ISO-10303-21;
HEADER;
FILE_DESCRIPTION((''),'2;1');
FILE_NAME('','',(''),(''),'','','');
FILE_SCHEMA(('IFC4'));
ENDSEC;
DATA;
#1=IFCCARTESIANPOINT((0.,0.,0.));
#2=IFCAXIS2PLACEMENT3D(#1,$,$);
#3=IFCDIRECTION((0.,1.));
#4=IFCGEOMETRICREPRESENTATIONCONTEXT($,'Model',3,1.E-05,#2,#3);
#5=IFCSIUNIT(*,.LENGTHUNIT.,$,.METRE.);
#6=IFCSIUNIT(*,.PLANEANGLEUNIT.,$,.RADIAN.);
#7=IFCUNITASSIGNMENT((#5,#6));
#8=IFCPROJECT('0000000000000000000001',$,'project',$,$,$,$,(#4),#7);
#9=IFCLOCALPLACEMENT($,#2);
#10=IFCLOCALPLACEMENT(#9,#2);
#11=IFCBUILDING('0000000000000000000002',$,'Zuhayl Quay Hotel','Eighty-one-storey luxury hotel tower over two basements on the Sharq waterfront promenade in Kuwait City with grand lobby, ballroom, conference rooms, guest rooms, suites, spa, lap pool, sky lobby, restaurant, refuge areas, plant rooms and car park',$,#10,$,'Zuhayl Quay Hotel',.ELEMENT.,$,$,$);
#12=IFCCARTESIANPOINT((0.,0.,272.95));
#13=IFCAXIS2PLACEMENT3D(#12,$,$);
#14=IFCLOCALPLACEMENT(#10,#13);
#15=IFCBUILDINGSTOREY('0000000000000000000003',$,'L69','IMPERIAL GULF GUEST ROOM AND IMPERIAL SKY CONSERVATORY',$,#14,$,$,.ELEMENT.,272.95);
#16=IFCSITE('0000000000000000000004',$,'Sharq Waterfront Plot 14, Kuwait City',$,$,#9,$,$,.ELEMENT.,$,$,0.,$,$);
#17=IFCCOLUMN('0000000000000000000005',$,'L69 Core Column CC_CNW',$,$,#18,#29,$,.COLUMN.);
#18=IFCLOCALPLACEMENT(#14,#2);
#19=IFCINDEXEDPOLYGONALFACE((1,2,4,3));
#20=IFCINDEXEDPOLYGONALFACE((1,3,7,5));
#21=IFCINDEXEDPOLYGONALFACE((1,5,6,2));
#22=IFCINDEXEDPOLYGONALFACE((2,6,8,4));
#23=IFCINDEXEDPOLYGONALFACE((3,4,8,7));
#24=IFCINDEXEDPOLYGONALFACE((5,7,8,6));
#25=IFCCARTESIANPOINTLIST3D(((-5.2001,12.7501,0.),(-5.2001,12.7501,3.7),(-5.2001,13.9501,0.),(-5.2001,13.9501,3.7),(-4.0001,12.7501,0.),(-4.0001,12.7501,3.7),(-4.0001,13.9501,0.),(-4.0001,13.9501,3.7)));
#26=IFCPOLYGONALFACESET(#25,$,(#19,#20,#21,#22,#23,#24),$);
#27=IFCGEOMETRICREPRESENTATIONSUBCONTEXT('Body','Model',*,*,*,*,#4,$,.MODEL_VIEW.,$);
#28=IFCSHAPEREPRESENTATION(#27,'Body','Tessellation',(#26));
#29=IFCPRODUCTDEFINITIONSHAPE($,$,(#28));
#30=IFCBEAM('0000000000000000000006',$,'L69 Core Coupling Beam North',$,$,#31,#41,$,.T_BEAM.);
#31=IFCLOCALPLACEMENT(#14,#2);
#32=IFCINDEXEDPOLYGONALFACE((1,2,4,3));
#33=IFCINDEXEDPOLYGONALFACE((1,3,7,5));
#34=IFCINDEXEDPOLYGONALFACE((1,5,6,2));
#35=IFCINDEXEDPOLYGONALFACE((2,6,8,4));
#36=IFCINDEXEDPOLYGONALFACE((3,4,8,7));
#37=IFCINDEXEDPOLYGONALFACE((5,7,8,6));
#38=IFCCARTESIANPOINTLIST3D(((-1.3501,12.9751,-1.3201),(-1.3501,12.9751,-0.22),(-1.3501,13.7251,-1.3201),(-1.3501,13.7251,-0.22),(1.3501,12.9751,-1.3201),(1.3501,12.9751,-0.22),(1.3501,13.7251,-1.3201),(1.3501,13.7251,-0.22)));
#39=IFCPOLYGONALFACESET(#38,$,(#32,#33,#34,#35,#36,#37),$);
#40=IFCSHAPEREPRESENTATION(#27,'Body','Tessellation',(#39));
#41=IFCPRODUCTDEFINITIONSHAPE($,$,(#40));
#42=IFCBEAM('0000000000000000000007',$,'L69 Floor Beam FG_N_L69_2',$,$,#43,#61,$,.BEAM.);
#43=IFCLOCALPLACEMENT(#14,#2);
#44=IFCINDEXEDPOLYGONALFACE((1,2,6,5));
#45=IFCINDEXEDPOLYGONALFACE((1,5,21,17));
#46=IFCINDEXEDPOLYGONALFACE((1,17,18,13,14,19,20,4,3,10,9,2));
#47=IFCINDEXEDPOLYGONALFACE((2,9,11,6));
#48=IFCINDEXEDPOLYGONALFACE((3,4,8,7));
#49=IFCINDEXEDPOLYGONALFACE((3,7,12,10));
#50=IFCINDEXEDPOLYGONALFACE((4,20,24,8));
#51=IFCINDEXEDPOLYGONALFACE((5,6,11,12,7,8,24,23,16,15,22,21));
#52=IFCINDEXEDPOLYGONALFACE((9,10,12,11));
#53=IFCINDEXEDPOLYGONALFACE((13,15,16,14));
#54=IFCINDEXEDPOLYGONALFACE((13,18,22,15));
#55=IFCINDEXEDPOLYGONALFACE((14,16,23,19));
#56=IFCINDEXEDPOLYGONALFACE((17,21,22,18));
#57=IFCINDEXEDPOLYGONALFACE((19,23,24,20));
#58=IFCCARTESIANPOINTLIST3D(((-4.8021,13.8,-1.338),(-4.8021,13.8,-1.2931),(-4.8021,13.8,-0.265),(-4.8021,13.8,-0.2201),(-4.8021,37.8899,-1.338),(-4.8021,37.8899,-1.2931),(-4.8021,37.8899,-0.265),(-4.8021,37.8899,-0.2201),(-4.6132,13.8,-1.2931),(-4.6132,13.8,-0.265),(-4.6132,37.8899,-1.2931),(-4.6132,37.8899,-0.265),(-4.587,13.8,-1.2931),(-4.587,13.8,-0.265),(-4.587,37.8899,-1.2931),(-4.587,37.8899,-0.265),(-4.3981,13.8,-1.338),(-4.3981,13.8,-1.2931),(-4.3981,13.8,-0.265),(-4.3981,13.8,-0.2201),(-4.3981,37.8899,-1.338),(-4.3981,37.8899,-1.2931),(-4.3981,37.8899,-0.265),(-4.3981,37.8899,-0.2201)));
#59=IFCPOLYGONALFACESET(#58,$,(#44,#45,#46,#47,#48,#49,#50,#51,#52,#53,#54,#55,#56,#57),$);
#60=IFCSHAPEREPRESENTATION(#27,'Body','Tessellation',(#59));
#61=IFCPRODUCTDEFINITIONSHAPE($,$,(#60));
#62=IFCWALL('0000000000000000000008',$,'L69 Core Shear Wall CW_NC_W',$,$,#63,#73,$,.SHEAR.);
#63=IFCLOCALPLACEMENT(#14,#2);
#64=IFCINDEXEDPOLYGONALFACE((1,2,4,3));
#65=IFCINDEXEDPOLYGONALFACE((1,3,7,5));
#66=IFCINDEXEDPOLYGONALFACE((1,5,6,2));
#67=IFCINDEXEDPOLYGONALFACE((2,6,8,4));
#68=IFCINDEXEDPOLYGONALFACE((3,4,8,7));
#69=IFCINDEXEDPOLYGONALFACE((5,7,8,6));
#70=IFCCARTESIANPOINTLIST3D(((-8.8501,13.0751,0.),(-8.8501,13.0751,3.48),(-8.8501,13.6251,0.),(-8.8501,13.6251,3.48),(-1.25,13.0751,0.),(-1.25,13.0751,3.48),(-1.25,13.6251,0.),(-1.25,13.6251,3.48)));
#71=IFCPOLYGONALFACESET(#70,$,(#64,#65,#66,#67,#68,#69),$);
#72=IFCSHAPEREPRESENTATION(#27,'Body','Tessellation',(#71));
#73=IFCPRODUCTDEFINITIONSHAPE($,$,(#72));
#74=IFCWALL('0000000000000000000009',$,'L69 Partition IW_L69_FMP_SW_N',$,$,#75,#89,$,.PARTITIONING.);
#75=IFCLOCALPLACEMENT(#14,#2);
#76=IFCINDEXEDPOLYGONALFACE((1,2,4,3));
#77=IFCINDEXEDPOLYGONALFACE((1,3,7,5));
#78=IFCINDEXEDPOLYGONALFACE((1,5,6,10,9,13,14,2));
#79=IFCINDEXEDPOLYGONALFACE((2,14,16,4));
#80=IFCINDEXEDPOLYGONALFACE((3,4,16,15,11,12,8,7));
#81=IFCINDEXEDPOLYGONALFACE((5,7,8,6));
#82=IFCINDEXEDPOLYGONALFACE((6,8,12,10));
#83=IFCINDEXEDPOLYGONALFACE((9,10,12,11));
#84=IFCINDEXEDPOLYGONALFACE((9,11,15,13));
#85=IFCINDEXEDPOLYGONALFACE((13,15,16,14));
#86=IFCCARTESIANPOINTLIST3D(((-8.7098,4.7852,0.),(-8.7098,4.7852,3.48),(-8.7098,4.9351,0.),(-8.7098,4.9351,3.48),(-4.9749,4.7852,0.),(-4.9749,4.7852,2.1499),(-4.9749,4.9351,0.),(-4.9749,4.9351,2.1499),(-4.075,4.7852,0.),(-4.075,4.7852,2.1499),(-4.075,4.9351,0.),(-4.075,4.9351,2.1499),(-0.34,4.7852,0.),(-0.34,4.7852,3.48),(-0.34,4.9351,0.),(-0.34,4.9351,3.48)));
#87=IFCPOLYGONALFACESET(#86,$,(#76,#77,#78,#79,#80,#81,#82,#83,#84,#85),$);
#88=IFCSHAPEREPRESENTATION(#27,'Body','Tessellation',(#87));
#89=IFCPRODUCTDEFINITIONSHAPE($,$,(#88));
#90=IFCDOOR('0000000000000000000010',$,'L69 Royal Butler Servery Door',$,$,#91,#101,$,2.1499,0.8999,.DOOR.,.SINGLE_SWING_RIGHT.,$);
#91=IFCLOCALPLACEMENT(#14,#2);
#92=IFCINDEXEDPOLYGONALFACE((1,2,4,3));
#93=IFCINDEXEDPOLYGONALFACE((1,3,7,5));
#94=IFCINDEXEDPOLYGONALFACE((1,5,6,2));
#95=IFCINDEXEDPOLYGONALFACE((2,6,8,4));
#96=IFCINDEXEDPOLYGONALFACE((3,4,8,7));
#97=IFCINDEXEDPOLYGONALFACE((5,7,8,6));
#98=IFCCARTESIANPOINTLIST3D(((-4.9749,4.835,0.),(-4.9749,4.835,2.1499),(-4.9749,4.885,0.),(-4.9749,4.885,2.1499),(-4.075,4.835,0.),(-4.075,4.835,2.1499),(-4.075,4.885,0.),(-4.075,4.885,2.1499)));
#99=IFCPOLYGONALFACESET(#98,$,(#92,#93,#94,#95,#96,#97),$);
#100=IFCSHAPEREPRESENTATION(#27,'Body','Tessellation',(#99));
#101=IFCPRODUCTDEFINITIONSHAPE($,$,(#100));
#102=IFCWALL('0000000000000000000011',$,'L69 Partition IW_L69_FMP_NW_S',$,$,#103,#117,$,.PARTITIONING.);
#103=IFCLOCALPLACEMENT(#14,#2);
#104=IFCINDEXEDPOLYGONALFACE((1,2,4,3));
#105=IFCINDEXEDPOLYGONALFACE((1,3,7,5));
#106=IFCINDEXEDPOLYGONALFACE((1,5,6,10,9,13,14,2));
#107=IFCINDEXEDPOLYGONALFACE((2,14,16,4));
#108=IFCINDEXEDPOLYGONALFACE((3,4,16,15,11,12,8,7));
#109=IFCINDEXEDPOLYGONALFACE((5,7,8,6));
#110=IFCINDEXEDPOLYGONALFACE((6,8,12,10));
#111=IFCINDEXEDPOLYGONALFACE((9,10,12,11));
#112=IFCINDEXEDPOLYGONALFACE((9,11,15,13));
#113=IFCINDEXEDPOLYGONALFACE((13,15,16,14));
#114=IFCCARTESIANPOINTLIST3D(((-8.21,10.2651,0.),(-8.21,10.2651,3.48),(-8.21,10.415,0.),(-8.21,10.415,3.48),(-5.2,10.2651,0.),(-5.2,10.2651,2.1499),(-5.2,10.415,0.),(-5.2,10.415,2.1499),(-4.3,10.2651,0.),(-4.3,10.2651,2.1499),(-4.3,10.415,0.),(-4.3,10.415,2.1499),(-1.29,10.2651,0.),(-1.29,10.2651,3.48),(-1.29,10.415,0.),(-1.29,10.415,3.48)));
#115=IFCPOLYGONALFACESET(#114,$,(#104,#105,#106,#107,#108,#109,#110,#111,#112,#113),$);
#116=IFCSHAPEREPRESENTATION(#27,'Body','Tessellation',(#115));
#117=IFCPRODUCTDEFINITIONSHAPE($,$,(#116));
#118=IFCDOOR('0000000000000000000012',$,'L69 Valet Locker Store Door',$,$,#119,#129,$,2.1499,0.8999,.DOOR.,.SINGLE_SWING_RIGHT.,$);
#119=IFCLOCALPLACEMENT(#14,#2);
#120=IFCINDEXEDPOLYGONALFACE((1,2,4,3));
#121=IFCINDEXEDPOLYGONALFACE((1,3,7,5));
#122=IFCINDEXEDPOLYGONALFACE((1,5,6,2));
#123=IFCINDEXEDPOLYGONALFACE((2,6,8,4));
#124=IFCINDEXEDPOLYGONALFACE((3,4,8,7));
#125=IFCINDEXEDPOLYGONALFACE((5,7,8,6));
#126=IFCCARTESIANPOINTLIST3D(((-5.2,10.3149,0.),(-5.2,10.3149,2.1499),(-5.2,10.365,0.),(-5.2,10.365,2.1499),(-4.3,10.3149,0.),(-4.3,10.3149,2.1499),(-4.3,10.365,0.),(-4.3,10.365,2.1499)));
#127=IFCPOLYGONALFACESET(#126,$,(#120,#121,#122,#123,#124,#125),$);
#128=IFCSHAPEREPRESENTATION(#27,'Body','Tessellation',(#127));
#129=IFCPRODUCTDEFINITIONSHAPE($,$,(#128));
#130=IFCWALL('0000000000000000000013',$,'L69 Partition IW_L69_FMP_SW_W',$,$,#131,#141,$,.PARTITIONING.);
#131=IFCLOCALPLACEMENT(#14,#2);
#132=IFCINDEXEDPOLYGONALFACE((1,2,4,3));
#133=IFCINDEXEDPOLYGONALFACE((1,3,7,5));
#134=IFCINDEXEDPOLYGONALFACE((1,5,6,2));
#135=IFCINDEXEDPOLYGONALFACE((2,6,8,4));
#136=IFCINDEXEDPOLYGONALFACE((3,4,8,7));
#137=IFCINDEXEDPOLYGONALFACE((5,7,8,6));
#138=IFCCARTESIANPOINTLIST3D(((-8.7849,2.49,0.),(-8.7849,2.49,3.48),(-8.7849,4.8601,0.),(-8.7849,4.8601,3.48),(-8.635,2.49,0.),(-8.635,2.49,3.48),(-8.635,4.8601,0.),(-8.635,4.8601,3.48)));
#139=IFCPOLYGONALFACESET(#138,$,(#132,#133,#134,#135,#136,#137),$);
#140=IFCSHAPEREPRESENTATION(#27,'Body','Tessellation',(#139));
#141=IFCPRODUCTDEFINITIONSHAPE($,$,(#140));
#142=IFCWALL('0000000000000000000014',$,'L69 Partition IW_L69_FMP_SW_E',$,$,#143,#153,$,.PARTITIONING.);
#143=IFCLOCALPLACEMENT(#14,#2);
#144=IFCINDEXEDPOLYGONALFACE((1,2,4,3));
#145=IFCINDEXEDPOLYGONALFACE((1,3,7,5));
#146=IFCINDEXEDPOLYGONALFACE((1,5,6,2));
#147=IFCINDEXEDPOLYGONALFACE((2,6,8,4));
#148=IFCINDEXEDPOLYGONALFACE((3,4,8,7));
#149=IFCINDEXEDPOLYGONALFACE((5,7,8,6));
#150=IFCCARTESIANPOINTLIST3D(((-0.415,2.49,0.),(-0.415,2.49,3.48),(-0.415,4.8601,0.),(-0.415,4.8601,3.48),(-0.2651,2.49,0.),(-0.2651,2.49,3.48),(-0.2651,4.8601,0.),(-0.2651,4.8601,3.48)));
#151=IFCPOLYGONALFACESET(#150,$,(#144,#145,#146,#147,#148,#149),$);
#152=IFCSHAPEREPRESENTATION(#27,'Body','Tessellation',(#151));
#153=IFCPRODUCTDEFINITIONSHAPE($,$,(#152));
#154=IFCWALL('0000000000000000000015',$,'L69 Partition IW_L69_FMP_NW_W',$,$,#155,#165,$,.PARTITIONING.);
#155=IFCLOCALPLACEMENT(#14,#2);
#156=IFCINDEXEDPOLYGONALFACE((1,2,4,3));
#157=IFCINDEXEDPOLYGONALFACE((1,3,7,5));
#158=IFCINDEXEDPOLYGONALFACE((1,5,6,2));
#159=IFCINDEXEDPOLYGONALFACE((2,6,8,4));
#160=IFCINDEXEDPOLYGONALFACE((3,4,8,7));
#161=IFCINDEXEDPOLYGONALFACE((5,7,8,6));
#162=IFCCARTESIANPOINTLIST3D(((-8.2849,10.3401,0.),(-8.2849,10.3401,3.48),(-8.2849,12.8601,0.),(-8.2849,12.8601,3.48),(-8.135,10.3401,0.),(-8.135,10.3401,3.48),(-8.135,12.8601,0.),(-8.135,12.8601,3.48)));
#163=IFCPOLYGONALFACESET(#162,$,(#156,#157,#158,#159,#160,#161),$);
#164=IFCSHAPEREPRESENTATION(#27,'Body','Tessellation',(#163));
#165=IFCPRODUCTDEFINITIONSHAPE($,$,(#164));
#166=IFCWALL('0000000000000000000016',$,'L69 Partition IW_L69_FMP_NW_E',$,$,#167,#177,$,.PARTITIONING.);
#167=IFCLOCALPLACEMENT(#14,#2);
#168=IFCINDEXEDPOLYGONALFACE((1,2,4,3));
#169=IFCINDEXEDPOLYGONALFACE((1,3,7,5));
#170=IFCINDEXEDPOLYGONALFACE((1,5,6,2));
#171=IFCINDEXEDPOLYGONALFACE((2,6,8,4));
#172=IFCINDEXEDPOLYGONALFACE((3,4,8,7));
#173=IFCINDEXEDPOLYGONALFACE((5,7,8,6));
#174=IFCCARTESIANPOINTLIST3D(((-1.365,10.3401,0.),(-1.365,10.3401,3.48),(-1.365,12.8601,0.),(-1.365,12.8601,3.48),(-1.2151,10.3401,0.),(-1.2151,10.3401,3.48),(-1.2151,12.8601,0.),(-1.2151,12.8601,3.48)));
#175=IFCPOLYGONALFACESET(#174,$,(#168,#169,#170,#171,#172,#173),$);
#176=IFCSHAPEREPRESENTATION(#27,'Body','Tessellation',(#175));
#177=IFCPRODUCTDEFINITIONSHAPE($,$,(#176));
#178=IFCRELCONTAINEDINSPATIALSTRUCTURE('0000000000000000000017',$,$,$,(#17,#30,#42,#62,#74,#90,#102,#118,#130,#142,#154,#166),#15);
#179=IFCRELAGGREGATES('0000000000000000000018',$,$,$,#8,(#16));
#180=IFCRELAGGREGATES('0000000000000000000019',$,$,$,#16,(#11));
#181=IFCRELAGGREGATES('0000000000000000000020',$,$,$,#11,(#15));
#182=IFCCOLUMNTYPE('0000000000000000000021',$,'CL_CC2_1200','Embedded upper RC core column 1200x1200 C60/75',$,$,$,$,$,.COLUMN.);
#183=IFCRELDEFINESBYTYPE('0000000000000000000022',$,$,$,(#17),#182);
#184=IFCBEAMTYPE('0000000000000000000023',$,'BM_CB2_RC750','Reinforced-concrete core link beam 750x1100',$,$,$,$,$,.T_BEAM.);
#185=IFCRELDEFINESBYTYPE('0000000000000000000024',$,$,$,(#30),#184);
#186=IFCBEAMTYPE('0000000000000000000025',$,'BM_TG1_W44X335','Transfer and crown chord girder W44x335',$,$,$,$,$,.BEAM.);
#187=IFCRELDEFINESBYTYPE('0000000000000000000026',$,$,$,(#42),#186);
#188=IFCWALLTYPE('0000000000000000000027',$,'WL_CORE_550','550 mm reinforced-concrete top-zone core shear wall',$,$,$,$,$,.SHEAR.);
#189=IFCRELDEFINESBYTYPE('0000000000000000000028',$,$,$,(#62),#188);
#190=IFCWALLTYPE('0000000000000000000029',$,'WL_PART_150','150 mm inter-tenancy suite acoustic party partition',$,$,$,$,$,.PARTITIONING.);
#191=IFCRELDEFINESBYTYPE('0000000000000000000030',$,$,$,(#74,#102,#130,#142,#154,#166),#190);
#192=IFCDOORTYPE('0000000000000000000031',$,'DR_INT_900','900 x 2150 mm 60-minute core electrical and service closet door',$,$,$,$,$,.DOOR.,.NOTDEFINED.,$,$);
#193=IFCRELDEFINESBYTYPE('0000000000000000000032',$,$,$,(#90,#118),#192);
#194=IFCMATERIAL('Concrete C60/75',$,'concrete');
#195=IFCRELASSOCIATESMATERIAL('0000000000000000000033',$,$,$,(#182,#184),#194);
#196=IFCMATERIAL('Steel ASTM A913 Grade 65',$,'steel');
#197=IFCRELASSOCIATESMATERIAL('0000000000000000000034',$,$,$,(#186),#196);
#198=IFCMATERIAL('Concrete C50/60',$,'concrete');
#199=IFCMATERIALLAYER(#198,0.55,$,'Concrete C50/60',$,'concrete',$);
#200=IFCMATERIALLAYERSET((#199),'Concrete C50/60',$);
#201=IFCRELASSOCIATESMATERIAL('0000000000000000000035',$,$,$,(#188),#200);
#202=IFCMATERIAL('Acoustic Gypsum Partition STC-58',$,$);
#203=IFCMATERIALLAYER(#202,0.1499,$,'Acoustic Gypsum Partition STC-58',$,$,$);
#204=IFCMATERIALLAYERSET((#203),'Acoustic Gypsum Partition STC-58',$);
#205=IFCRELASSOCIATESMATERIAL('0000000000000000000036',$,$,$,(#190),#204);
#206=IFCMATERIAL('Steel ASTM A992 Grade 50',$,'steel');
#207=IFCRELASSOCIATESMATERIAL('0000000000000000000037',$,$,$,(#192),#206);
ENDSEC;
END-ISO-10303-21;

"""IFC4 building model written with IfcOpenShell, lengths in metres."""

from ifc_helpers import new_model, si_unit, direction, frame, frame_2d, origin, origin_2d, place, context, subcontext, project, spatial, rectangle, i_section, extrude, material, layer, layer_set, material_profile, profile_set, type_object, element, fill, save


model = new_model("IFC4")

# Units and contexts
model_context = context("Model", 3, precision=1e-05, world=origin(), true_north=direction((0.0, 1.0)))
body_context = subcontext(model_context, "Body", "Model", "MODEL_VIEW")
ifc_project = project(units=[si_unit("LENGTHUNIT", "METRE"), si_unit("PLANEANGLEUNIT", "RADIAN")], contexts=[model_context])

# Site, building, storey
site_placement = place(None, origin())
site = spatial("IfcSite", under=ifc_project, at=site_placement, Name="Sharq Waterfront Plot 14, Kuwait City", CompositionType="ELEMENT", RefElevation=0.0)
building_placement = place(site_placement, origin())
building = spatial("IfcBuilding", under=site, at=building_placement, Name="Zuhayl Quay Hotel", Description="Eighty-one-storey luxury hotel tower over two basements on the Sharq waterfront promenade in Kuwait City with grand lobby, ballroom, conference rooms, guest rooms, suites, spa, lap pool, sky lobby, restaurant, refuge areas, plant rooms and car park", LongName="Zuhayl Quay Hotel", CompositionType="ELEMENT")
storey_placement = place(building_placement, frame((0.0, 0.0, 272.95)))
storey = spatial("IfcBuildingStorey", under=building, at=storey_placement, Name="L69", Description="IMPERIAL GULF GUEST ROOM AND IMPERIAL SKY CONSERVATORY", CompositionType="ELEMENT", Elevation=272.95)

# Column
ifc_material_1 = material(Name="Concrete C60/75", Category="concrete")
ifc_material_profile_1 = material_profile(ifc_material_1, rectangle(XDim=1.2, YDim=1.2, at=origin_2d()), Name="RC1200X1200")
ifc_profile_set_1 = profile_set([ifc_material_profile_1], Name="Concrete C60/75")
column_type = type_object("IfcColumnType", Name="CL_CC2_1200", Description="Embedded upper RC core column 1200x1200 C60/75", PredefinedType="COLUMN", material=ifc_profile_set_1)
column_placement = place(storey_placement, frame((-4.6001, 13.3501, 0.0), z_axis=(0.0, 0.0, 1.0), x_axis=(1.0, 0.0, 0.0)))
element("IfcColumn", 1, at=column_placement, inside=storey, type_object=column_type, Name="L69 Core Column CC_CNW", PredefinedType="COLUMN", context=body_context, shape_type="SweptSolid", body=[
    extrude(rectangle(XDim=1.2, YDim=1.2, at=origin_2d()), origin(), (0.0, 0.0, 1.0), 3.7),
])

# Beams
ifc_material_profile_2 = material_profile(ifc_material_1, rectangle(XDim=0.75, YDim=1.1001, at=origin_2d()), Name="RC750X1100")
ifc_profile_set_2 = profile_set([ifc_material_profile_2], Name="Concrete C60/75")
beam_type_1 = type_object("IfcBeamType", Name="BM_CB2_RC750", Description="Reinforced-concrete core link beam 750x1100", PredefinedType="T_BEAM", material=ifc_profile_set_2)
beam_1_placement = place(storey_placement, frame((-1.3501, 13.3501, -0.77), z_axis=(1.0, 0.0, 0.0), x_axis=(0.0, 1.0, 0.0)))
element("IfcBeam", 2, at=beam_1_placement, inside=storey, type_object=beam_type_1, Name="L69 Core Coupling Beam North", PredefinedType="T_BEAM", context=body_context, shape_type="SweptSolid", body=[
    extrude(rectangle(XDim=0.75, YDim=1.1001, at=origin_2d()), origin(), (0.0, 0.0, 1.0), 2.7002),
])
ifc_material_2 = material(Name="Steel ASTM A913 Grade 65", Category="steel")
ifc_material_profile_3 = material_profile(ifc_material_2, i_section(OverallWidth=0.4041, OverallDepth=1.1179, WebThickness=0.0261, FlangeThickness=0.0449, at=origin_2d()), Name="W44X335")
ifc_profile_set_3 = profile_set([ifc_material_profile_3], Name="Steel ASTM A913 Grade 65")
beam_type_2 = type_object("IfcBeamType", Name="BM_TG1_W44X335", Description="Transfer and crown chord girder W44x335", PredefinedType="BEAM", material=ifc_profile_set_3)
beam_2_placement = place(storey_placement, frame((-4.6001, 13.8, -0.7791), z_axis=(0.0, 1.0, 0.0), x_axis=(-1.0, 0.0, 0.0)))
element("IfcBeam", 3, at=beam_2_placement, inside=storey, type_object=beam_type_2, Name="L69 Floor Beam FG_N_L69_2", PredefinedType="BEAM", context=body_context, shape_type="SweptSolid", body=[
    extrude(i_section(OverallWidth=0.4041, OverallDepth=1.1179, WebThickness=0.0261, FlangeThickness=0.0449, at=origin_2d()), origin(), (0.0, 0.0, 1.0), 24.0898),
])

# Wall
ifc_material_3 = material(Name="Concrete C50/60", Category="concrete")
ifc_layer_1 = layer(ifc_material_3, 0.55, Name="Concrete C50/60", Category="concrete")
ifc_layer_set_1 = layer_set([ifc_layer_1], Name="Concrete C50/60")
wall_type_1 = type_object("IfcWallType", Name="WL_CORE_550", Description="550 mm reinforced-concrete top-zone core shear wall", PredefinedType="SHEAR", material=ifc_layer_set_1)
wall_1_placement = place(storey_placement, frame((-8.8501, 13.3501, 0.0), z_axis=(0.0, 0.0, 1.0), x_axis=(1.0, 0.0, 0.0)))
element("IfcWall", 4, at=wall_1_placement, inside=storey, type_object=wall_type_1, Name="L69 Core Shear Wall CW_NC_W", PredefinedType="SHEAR", context=body_context, shape_type="SweptSolid", body=[
    extrude(rectangle(XDim=7.6001, YDim=0.55, at=frame_2d((3.8, 0.0))), origin(), (0.0, 0.0, 1.0), 3.48),
])

# Walls, openings, doors
ifc_material_4 = material(Name="Acoustic Gypsum Partition STC-58")
ifc_layer_2 = layer(ifc_material_4, 0.1499, Name="Acoustic Gypsum Partition STC-58")
ifc_layer_set_2 = layer_set([ifc_layer_2], Name="Acoustic Gypsum Partition STC-58")
wall_type_2 = type_object("IfcWallType", Name="WL_PART_150", Description="150 mm inter-tenancy suite acoustic party partition", PredefinedType="PARTITIONING", material=ifc_layer_set_2)
wall_2_placement = place(storey_placement, frame((-8.71, 4.8601, 0.0), z_axis=(0.0, 0.0, 1.0), x_axis=(1.0, 0.0, 0.0)))
wall_2 = element("IfcWall", 5, at=wall_2_placement, inside=storey, type_object=wall_type_2, Name="L69 Partition IW_L69_FMP_SW_N", PredefinedType="PARTITIONING", context=body_context, shape_type="SweptSolid", body=[
    extrude(rectangle(XDim=8.3699, YDim=0.1499, at=frame_2d((4.1851, 0.0))), origin(), (0.0, 0.0, 1.0), 3.48),
])
opening_1_placement = place(wall_2_placement, frame((3.7351, 0.0, 0.0)))
opening_1 = element("IfcOpeningElement", 6, at=opening_1_placement, cuts=wall_2, PredefinedType="OPENING", context=body_context, shape_type="SweptSolid", body=[
    extrude(rectangle(XDim=0.8999, YDim=2.1499, at=frame_2d((0.45, 1.075))), frame((0.0, 0.085, 0.0), z_axis=(0.0, -1.0, 0.0), x_axis=(1.0, 0.0, 0.0)), (0.0, 0.0, 1.0), 0.1699),
])
ifc_material_5 = material(Name="Steel ASTM A992 Grade 50", Category="steel")
door_type_1 = type_object("IfcDoorType", Name="DR_INT_900", Description="900 x 2150 mm 60-minute core electrical and service closet door", OperationType="NOTDEFINED", PredefinedType="DOOR", material=ifc_material_5)
door_1_placement = place(opening_1_placement, origin())
door_1 = element("IfcDoor", 7, at=door_1_placement, inside=storey, type_object=door_type_1, Name="L69 Royal Butler Servery Door", OperationType="SINGLE_SWING_RIGHT", OverallHeight=2.1499, OverallWidth=0.8999, PredefinedType="DOOR", context=body_context, shape_type="SweptSolid", body=[
    extrude(rectangle(XDim=0.8999, YDim=2.1499, at=frame_2d((0.45, 1.075))), frame((0.0, 0.0249, 0.0), z_axis=(0.0, -1.0, 0.0), x_axis=(1.0, 0.0, 0.0)), (0.0, 0.0, 1.0), 0.05),
])
fill(opening_1, door_1)
wall_3_placement = place(storey_placement, frame((-8.21, 10.3401, 0.0), z_axis=(0.0, 0.0, 1.0), x_axis=(1.0, 0.0, 0.0)))
wall_3 = element("IfcWall", 8, at=wall_3_placement, inside=storey, type_object=wall_type_2, Name="L69 Partition IW_L69_FMP_NW_S", PredefinedType="PARTITIONING", context=body_context, shape_type="SweptSolid", body=[
    extrude(rectangle(XDim=6.9199, YDim=0.1499, at=frame_2d((3.46, 0.0))), origin(), (0.0, 0.0, 1.0), 3.48),
])
opening_2_placement = place(wall_3_placement, frame((3.01, 0.0, 0.0)))
opening_2 = element("IfcOpeningElement", 9, at=opening_2_placement, cuts=wall_3, PredefinedType="OPENING", context=body_context, shape_type="SweptSolid", body=[
    extrude(rectangle(XDim=0.8999, YDim=2.1499, at=frame_2d((0.45, 1.075))), frame((0.0, 0.085, 0.0), z_axis=(0.0, -1.0, 0.0), x_axis=(1.0, 0.0, 0.0)), (0.0, 0.0, 1.0), 0.1699),
])
door_2_placement = place(opening_2_placement, origin())
door_2 = element("IfcDoor", 10, at=door_2_placement, inside=storey, type_object=door_type_1, Name="L69 Valet Locker Store Door", OperationType="SINGLE_SWING_RIGHT", OverallHeight=2.1499, OverallWidth=0.8999, PredefinedType="DOOR", context=body_context, shape_type="SweptSolid", body=[
    extrude(rectangle(XDim=0.8999, YDim=2.1499, at=frame_2d((0.45, 1.075))), frame((0.0, 0.0249, 0.0), z_axis=(0.0, -1.0, 0.0), x_axis=(1.0, 0.0, 0.0)), (0.0, 0.0, 1.0), 0.05),
])
fill(opening_2, door_2)

# Walls
for number, where, z_axis, x_axis, name in (
    (11, (-8.71, 2.49, 0.0), (0.0, 0.0, 1.0), (0.0, 1.0, 0.0), "L69 Partition IW_L69_FMP_SW_W"),
    (12, (-0.3401, 2.49, 0.0), (0.0, 0.0, 1.0), (0.0, 1.0, 0.0), "L69 Partition IW_L69_FMP_SW_E"),
):
    element("IfcWall", number, at=place(storey_placement, frame(where, z_axis=z_axis, x_axis=x_axis)), inside=storey, type_object=wall_type_2, Name=name, PredefinedType="PARTITIONING", context=body_context, shape_type="SweptSolid", body=[
        extrude(rectangle(XDim=2.3701, YDim=0.1499, at=frame_2d((1.1851, 0.0))), origin(), (0.0, 0.0, 1.0), 3.48),
    ])
for number, where, z_axis, x_axis, name in (
    (13, (-8.21, 10.3401, 0.0), (0.0, 0.0, 1.0), (0.0, 1.0, 0.0), "L69 Partition IW_L69_FMP_NW_W"),
    (14, (-1.29, 10.3401, 0.0), (0.0, 0.0, 1.0), (0.0, 1.0, 0.0), "L69 Partition IW_L69_FMP_NW_E"),
):
    element("IfcWall", number, at=place(storey_placement, frame(where, z_axis=z_axis, x_axis=x_axis)), inside=storey, type_object=wall_type_2, Name=name, PredefinedType="PARTITIONING", context=body_context, shape_type="SweptSolid", body=[
        extrude(rectangle(XDim=2.52, YDim=0.1499, at=frame_2d((1.26, 0.0))), origin(), (0.0, 0.0, 1.0), 3.48),
    ])

save(model, "model.ifc")
